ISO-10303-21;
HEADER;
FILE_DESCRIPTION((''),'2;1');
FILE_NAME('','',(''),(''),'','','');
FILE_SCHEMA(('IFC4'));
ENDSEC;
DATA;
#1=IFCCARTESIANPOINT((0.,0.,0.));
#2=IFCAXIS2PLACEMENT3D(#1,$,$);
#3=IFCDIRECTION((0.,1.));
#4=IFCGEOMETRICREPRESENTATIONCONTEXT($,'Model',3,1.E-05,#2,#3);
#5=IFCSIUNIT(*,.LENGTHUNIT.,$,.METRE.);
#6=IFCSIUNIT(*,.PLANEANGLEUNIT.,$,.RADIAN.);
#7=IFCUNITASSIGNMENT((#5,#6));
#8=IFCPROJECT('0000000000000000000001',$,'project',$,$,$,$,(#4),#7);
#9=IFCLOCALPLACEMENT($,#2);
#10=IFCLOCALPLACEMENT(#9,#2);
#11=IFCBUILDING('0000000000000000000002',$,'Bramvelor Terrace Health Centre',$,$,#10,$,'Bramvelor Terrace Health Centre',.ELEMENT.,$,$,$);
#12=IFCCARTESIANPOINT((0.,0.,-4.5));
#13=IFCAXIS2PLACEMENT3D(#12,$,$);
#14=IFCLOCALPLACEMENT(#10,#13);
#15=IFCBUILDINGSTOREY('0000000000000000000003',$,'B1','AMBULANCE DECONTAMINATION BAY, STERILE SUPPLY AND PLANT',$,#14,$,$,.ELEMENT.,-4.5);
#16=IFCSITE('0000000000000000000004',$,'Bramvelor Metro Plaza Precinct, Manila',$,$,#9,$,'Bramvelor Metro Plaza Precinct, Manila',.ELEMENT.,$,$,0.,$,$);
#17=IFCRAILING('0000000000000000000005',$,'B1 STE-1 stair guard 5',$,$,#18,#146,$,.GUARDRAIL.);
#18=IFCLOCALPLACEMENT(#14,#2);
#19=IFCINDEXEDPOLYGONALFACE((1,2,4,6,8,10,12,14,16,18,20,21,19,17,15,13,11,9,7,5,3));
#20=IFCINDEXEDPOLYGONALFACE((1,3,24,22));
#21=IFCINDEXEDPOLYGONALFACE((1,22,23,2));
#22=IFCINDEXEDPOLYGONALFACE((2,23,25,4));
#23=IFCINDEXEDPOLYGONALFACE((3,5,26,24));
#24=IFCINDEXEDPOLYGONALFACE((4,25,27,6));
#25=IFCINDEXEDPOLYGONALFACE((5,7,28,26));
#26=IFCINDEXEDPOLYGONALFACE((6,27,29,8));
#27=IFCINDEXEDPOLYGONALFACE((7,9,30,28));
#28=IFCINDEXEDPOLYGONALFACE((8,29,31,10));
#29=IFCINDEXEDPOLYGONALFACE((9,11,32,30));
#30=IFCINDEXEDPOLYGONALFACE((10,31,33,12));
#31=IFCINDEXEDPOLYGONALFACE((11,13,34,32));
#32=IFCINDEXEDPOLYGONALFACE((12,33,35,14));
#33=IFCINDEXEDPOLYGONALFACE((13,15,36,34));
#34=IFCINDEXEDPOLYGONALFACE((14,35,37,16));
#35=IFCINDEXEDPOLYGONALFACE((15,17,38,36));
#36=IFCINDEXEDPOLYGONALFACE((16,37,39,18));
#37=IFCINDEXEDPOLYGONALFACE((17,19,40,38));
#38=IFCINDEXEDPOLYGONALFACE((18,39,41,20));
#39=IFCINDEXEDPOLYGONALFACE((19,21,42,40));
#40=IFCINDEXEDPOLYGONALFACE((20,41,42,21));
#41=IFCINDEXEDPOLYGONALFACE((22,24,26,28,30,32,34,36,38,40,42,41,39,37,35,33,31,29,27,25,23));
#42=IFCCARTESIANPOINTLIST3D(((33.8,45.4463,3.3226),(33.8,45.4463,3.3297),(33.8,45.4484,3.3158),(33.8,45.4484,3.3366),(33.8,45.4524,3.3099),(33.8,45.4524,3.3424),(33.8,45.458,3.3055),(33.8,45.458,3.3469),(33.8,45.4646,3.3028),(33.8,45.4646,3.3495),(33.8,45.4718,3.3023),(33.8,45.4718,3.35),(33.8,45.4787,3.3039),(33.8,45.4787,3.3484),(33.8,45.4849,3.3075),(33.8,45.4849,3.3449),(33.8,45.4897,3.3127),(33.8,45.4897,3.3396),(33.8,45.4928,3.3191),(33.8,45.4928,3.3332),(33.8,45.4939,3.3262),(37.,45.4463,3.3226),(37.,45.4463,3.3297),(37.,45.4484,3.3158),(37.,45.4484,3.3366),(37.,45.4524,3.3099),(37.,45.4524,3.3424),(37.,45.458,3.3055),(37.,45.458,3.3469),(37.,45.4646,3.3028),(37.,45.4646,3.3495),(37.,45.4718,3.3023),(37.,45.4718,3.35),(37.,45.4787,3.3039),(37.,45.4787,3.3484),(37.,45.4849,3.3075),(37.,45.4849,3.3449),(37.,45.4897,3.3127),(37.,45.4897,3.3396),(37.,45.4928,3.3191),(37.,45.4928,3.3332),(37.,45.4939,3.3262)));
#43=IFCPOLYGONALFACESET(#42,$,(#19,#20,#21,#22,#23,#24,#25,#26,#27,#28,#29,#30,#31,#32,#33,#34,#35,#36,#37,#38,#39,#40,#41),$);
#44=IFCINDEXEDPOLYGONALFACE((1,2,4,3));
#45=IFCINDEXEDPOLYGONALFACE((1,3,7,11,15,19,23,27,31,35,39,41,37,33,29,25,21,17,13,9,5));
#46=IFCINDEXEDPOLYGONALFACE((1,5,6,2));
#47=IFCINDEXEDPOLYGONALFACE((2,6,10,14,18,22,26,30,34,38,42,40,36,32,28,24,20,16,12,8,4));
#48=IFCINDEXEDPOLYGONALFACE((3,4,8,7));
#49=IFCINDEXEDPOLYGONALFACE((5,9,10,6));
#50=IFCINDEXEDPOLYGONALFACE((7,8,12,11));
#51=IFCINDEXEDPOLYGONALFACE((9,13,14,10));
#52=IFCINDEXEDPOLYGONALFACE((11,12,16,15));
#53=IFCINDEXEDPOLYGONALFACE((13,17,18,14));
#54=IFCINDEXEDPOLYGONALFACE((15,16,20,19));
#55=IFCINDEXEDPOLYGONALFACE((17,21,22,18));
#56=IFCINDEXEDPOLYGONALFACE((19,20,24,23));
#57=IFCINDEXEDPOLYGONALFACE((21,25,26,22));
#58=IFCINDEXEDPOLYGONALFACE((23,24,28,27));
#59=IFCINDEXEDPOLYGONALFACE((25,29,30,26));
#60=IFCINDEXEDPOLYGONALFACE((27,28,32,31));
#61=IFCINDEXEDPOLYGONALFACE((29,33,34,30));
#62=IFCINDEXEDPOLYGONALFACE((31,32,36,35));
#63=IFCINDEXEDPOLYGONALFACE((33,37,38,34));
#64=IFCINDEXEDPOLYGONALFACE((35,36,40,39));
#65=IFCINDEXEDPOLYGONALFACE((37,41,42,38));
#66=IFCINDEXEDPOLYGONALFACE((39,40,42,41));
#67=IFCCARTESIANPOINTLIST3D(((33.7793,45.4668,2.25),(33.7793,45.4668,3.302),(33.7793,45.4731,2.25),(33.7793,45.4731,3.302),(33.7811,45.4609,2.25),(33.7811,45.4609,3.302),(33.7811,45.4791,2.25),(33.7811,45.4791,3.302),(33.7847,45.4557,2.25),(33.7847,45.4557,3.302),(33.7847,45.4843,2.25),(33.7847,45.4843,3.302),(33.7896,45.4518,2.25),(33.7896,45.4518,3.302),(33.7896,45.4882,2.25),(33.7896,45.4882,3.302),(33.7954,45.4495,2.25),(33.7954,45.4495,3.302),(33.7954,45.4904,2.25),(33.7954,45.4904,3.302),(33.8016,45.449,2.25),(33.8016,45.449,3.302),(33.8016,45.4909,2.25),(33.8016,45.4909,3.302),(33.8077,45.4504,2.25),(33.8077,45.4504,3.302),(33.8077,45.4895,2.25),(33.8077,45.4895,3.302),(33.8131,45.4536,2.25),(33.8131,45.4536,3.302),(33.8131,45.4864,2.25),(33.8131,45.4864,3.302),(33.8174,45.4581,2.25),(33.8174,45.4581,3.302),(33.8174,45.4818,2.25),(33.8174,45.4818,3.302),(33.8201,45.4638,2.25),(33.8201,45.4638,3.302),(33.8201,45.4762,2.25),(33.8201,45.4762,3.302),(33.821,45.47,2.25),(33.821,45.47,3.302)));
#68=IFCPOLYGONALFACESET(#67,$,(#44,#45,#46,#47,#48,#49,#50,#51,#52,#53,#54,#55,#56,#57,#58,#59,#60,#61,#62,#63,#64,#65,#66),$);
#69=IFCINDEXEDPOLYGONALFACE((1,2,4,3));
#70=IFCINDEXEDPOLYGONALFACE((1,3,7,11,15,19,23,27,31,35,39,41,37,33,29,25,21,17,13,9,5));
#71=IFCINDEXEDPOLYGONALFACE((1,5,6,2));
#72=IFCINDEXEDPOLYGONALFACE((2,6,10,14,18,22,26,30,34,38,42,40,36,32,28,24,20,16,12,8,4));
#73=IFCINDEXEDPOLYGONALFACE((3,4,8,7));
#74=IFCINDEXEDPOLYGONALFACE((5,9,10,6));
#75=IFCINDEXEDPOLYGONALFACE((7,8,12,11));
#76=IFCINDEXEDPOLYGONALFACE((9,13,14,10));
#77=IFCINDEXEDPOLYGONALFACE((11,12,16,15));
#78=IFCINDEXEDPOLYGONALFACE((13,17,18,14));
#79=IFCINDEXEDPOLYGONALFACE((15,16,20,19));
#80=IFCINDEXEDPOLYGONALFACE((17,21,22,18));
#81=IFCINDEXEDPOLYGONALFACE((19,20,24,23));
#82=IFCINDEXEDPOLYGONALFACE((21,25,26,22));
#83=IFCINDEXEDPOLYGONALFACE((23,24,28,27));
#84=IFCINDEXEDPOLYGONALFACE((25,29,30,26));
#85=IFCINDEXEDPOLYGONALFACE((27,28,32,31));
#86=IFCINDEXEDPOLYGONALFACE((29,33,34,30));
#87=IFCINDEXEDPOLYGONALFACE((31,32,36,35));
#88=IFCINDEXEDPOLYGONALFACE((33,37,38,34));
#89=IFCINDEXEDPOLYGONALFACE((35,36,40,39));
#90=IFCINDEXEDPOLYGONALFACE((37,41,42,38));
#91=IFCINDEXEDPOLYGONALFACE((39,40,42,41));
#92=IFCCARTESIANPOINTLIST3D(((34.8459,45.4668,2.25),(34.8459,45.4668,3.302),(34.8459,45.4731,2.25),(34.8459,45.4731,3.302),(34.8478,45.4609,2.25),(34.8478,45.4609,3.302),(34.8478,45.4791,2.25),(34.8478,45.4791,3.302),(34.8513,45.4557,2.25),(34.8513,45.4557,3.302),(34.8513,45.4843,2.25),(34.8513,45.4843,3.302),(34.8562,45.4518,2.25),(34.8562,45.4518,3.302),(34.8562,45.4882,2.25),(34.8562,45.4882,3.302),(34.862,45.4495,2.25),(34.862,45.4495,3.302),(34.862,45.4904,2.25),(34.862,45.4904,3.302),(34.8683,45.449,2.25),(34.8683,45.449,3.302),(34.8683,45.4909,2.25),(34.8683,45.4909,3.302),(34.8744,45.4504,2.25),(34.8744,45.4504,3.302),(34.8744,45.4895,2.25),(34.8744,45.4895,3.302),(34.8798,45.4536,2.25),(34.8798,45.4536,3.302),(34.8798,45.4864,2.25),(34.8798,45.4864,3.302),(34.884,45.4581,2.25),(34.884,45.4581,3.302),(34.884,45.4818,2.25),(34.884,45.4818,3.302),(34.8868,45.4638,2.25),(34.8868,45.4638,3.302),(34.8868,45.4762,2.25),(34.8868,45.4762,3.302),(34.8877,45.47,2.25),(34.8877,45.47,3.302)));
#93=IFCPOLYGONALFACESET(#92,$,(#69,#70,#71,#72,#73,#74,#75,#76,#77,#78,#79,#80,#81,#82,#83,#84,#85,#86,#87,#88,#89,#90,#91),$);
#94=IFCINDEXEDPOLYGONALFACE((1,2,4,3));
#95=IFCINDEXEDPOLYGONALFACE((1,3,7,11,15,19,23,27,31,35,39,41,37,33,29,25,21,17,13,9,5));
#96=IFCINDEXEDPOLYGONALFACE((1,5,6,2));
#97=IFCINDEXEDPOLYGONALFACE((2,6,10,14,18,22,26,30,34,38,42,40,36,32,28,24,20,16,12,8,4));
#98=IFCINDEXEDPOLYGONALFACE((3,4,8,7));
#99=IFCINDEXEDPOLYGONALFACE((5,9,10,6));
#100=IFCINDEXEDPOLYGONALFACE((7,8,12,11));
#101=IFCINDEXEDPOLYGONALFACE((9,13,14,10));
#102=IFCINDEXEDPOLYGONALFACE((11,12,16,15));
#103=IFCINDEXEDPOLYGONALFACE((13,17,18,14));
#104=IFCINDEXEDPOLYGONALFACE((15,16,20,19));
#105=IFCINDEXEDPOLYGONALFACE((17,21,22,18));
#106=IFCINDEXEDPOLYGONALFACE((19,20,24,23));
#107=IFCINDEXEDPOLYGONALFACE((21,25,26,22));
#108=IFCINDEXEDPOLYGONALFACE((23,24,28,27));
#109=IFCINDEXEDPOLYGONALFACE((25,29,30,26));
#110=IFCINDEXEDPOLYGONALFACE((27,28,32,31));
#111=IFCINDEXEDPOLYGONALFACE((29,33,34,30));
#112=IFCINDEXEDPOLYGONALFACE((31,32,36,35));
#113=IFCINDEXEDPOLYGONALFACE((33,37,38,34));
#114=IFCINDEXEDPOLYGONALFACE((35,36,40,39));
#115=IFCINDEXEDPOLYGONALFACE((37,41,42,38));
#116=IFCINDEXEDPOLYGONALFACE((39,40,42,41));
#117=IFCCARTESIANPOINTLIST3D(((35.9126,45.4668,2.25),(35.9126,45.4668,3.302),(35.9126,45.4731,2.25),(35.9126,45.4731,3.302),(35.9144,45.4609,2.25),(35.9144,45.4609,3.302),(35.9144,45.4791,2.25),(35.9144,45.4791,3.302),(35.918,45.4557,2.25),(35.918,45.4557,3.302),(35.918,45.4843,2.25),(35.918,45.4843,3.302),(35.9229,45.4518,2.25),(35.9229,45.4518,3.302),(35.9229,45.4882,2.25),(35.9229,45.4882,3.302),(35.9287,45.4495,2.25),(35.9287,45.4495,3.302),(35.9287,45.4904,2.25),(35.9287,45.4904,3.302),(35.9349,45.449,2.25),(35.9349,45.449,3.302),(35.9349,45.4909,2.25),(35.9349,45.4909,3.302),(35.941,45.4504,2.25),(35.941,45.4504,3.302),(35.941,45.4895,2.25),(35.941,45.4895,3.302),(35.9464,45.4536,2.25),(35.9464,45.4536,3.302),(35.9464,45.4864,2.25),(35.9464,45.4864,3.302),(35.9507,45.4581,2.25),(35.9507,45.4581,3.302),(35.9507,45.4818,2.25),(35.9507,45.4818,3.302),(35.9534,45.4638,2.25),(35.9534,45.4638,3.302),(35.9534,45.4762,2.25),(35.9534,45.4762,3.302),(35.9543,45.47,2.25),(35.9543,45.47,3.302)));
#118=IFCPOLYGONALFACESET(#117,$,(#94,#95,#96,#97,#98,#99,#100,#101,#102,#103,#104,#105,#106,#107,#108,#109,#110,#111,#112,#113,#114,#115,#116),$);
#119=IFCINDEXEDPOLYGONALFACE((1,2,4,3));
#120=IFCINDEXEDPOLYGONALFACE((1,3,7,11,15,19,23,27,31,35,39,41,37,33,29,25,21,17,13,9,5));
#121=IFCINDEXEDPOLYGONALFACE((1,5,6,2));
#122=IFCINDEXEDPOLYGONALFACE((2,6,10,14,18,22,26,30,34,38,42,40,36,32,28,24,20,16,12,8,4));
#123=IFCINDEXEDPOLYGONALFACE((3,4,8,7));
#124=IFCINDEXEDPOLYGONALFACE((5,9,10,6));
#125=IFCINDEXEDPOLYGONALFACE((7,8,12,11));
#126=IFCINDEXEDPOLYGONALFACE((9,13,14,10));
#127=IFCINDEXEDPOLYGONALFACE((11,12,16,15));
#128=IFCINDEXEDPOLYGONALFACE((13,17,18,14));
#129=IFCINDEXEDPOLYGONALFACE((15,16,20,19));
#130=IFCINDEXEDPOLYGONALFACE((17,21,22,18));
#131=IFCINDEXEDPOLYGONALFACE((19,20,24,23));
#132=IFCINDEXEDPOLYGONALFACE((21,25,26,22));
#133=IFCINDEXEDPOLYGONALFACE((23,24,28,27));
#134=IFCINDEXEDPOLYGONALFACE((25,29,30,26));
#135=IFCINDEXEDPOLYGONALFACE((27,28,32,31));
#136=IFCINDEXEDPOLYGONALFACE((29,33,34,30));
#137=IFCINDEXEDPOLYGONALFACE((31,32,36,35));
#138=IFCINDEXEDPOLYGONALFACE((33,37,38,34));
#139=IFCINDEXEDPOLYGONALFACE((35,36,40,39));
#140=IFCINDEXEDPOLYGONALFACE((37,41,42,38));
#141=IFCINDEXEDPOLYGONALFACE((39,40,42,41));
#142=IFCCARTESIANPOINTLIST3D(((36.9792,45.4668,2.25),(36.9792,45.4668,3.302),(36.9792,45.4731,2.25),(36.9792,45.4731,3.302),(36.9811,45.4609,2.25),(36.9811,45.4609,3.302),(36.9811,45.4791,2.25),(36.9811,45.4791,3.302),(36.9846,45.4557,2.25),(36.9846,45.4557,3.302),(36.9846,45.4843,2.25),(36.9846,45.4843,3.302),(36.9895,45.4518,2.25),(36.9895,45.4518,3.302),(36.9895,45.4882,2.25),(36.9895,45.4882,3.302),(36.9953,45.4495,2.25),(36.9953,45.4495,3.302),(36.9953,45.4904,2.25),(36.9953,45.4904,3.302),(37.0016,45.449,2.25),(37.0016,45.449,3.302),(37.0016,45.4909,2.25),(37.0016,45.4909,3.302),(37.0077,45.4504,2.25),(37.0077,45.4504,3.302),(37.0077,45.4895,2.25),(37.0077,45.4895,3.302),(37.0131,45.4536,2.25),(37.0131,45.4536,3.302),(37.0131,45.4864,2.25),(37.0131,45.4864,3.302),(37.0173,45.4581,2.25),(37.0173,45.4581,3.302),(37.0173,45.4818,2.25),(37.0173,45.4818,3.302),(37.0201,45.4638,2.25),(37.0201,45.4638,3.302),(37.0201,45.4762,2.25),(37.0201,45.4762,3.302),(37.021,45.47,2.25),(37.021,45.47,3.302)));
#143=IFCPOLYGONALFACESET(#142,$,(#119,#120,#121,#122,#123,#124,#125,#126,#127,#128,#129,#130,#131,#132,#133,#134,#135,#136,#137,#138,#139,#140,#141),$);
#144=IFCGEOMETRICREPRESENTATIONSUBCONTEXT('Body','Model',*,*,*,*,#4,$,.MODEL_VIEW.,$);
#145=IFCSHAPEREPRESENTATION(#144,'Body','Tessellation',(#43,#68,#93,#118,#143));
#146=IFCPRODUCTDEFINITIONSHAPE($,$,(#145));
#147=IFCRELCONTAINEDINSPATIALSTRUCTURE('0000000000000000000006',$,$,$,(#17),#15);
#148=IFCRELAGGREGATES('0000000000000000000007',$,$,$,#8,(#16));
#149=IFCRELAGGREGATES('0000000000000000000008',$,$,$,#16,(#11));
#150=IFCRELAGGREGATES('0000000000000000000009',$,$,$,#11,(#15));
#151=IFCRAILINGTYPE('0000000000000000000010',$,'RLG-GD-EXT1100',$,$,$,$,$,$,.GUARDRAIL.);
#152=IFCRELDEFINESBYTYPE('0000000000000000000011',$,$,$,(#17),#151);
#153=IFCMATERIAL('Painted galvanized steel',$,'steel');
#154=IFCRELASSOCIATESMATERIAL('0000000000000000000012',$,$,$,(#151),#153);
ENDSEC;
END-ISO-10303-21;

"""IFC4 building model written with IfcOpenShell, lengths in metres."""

from ifc_helpers import new_model, si_unit, direction, frame, origin, origin_2d, place, context, subcontext, project, spatial, circle, extrude, material, type_object, element, save


model = new_model("IFC4")

# Units and contexts
model_context = context("Model", 3, precision=1e-05, world=origin(), true_north=direction((0.0, 1.0)))
body_context = subcontext(model_context, "Body", "Model", "MODEL_VIEW")
ifc_project = project(units=[si_unit("LENGTHUNIT", "METRE"), si_unit("PLANEANGLEUNIT", "RADIAN")], contexts=[model_context])

# Site, building, storey
site_placement = place(None, origin())
site = spatial("IfcSite", under=ifc_project, at=site_placement, Name="Bramvelor Metro Plaza Precinct, Manila", LongName="Bramvelor Metro Plaza Precinct, Manila", CompositionType="ELEMENT", RefElevation=0.0)
building_placement = place(site_placement, origin())
building = spatial("IfcBuilding", under=site, at=building_placement, Name="Bramvelor Terrace Health Centre", LongName="Bramvelor Terrace Health Centre", CompositionType="ELEMENT")
storey_placement = place(building_placement, frame((0.0, 0.0, -4.5)))
storey = spatial("IfcBuildingStorey", under=building, at=storey_placement, Name="B1", Description="AMBULANCE DECONTAMINATION BAY, STERILE SUPPLY AND PLANT", CompositionType="ELEMENT", Elevation=-4.5)

# Railing
ifc_material_1 = material(Name="Painted galvanized steel", Category="steel")
railing_type_1 = type_object("IfcRailingType", Name="RLG-GD-EXT1100", PredefinedType="GUARDRAIL", material=ifc_material_1)
railing_1_placement = place(storey_placement, frame((33.8, 45.47, 2.25)))
element("IfcRailing", 1, at=railing_1_placement, inside=storey, type_object=railing_type_1, Name="B1 STE-1 stair guard 5", PredefinedType="GUARDRAIL", context=body_context, shape_type="SweptSolid", body=[
    extrude(circle(Radius=0.0239, at=origin_2d()), frame((0.0, 0.0, 1.0762), z_axis=(1.0, 0.0, 0.0), x_axis=(0.0, 1.0, 0.0)), (0.0, 0.0, 1.0), 3.2),
    extrude(circle(Radius=0.021, at=origin_2d()), origin(), (0.0, 0.0, 1.0), 1.052),
    extrude(circle(Radius=0.021, at=origin_2d()), frame((1.0667, 0.0, 0.0)), (0.0, 0.0, 1.0), 1.052),
    extrude(circle(Radius=0.021, at=origin_2d()), frame((2.1333, 0.0, 0.0)), (0.0, 0.0, 1.0), 1.052),
    extrude(circle(Radius=0.021, at=origin_2d()), frame((3.2, 0.0, 0.0)), (0.0, 0.0, 1.0), 1.052),
])

save(model, "model.ifc")
